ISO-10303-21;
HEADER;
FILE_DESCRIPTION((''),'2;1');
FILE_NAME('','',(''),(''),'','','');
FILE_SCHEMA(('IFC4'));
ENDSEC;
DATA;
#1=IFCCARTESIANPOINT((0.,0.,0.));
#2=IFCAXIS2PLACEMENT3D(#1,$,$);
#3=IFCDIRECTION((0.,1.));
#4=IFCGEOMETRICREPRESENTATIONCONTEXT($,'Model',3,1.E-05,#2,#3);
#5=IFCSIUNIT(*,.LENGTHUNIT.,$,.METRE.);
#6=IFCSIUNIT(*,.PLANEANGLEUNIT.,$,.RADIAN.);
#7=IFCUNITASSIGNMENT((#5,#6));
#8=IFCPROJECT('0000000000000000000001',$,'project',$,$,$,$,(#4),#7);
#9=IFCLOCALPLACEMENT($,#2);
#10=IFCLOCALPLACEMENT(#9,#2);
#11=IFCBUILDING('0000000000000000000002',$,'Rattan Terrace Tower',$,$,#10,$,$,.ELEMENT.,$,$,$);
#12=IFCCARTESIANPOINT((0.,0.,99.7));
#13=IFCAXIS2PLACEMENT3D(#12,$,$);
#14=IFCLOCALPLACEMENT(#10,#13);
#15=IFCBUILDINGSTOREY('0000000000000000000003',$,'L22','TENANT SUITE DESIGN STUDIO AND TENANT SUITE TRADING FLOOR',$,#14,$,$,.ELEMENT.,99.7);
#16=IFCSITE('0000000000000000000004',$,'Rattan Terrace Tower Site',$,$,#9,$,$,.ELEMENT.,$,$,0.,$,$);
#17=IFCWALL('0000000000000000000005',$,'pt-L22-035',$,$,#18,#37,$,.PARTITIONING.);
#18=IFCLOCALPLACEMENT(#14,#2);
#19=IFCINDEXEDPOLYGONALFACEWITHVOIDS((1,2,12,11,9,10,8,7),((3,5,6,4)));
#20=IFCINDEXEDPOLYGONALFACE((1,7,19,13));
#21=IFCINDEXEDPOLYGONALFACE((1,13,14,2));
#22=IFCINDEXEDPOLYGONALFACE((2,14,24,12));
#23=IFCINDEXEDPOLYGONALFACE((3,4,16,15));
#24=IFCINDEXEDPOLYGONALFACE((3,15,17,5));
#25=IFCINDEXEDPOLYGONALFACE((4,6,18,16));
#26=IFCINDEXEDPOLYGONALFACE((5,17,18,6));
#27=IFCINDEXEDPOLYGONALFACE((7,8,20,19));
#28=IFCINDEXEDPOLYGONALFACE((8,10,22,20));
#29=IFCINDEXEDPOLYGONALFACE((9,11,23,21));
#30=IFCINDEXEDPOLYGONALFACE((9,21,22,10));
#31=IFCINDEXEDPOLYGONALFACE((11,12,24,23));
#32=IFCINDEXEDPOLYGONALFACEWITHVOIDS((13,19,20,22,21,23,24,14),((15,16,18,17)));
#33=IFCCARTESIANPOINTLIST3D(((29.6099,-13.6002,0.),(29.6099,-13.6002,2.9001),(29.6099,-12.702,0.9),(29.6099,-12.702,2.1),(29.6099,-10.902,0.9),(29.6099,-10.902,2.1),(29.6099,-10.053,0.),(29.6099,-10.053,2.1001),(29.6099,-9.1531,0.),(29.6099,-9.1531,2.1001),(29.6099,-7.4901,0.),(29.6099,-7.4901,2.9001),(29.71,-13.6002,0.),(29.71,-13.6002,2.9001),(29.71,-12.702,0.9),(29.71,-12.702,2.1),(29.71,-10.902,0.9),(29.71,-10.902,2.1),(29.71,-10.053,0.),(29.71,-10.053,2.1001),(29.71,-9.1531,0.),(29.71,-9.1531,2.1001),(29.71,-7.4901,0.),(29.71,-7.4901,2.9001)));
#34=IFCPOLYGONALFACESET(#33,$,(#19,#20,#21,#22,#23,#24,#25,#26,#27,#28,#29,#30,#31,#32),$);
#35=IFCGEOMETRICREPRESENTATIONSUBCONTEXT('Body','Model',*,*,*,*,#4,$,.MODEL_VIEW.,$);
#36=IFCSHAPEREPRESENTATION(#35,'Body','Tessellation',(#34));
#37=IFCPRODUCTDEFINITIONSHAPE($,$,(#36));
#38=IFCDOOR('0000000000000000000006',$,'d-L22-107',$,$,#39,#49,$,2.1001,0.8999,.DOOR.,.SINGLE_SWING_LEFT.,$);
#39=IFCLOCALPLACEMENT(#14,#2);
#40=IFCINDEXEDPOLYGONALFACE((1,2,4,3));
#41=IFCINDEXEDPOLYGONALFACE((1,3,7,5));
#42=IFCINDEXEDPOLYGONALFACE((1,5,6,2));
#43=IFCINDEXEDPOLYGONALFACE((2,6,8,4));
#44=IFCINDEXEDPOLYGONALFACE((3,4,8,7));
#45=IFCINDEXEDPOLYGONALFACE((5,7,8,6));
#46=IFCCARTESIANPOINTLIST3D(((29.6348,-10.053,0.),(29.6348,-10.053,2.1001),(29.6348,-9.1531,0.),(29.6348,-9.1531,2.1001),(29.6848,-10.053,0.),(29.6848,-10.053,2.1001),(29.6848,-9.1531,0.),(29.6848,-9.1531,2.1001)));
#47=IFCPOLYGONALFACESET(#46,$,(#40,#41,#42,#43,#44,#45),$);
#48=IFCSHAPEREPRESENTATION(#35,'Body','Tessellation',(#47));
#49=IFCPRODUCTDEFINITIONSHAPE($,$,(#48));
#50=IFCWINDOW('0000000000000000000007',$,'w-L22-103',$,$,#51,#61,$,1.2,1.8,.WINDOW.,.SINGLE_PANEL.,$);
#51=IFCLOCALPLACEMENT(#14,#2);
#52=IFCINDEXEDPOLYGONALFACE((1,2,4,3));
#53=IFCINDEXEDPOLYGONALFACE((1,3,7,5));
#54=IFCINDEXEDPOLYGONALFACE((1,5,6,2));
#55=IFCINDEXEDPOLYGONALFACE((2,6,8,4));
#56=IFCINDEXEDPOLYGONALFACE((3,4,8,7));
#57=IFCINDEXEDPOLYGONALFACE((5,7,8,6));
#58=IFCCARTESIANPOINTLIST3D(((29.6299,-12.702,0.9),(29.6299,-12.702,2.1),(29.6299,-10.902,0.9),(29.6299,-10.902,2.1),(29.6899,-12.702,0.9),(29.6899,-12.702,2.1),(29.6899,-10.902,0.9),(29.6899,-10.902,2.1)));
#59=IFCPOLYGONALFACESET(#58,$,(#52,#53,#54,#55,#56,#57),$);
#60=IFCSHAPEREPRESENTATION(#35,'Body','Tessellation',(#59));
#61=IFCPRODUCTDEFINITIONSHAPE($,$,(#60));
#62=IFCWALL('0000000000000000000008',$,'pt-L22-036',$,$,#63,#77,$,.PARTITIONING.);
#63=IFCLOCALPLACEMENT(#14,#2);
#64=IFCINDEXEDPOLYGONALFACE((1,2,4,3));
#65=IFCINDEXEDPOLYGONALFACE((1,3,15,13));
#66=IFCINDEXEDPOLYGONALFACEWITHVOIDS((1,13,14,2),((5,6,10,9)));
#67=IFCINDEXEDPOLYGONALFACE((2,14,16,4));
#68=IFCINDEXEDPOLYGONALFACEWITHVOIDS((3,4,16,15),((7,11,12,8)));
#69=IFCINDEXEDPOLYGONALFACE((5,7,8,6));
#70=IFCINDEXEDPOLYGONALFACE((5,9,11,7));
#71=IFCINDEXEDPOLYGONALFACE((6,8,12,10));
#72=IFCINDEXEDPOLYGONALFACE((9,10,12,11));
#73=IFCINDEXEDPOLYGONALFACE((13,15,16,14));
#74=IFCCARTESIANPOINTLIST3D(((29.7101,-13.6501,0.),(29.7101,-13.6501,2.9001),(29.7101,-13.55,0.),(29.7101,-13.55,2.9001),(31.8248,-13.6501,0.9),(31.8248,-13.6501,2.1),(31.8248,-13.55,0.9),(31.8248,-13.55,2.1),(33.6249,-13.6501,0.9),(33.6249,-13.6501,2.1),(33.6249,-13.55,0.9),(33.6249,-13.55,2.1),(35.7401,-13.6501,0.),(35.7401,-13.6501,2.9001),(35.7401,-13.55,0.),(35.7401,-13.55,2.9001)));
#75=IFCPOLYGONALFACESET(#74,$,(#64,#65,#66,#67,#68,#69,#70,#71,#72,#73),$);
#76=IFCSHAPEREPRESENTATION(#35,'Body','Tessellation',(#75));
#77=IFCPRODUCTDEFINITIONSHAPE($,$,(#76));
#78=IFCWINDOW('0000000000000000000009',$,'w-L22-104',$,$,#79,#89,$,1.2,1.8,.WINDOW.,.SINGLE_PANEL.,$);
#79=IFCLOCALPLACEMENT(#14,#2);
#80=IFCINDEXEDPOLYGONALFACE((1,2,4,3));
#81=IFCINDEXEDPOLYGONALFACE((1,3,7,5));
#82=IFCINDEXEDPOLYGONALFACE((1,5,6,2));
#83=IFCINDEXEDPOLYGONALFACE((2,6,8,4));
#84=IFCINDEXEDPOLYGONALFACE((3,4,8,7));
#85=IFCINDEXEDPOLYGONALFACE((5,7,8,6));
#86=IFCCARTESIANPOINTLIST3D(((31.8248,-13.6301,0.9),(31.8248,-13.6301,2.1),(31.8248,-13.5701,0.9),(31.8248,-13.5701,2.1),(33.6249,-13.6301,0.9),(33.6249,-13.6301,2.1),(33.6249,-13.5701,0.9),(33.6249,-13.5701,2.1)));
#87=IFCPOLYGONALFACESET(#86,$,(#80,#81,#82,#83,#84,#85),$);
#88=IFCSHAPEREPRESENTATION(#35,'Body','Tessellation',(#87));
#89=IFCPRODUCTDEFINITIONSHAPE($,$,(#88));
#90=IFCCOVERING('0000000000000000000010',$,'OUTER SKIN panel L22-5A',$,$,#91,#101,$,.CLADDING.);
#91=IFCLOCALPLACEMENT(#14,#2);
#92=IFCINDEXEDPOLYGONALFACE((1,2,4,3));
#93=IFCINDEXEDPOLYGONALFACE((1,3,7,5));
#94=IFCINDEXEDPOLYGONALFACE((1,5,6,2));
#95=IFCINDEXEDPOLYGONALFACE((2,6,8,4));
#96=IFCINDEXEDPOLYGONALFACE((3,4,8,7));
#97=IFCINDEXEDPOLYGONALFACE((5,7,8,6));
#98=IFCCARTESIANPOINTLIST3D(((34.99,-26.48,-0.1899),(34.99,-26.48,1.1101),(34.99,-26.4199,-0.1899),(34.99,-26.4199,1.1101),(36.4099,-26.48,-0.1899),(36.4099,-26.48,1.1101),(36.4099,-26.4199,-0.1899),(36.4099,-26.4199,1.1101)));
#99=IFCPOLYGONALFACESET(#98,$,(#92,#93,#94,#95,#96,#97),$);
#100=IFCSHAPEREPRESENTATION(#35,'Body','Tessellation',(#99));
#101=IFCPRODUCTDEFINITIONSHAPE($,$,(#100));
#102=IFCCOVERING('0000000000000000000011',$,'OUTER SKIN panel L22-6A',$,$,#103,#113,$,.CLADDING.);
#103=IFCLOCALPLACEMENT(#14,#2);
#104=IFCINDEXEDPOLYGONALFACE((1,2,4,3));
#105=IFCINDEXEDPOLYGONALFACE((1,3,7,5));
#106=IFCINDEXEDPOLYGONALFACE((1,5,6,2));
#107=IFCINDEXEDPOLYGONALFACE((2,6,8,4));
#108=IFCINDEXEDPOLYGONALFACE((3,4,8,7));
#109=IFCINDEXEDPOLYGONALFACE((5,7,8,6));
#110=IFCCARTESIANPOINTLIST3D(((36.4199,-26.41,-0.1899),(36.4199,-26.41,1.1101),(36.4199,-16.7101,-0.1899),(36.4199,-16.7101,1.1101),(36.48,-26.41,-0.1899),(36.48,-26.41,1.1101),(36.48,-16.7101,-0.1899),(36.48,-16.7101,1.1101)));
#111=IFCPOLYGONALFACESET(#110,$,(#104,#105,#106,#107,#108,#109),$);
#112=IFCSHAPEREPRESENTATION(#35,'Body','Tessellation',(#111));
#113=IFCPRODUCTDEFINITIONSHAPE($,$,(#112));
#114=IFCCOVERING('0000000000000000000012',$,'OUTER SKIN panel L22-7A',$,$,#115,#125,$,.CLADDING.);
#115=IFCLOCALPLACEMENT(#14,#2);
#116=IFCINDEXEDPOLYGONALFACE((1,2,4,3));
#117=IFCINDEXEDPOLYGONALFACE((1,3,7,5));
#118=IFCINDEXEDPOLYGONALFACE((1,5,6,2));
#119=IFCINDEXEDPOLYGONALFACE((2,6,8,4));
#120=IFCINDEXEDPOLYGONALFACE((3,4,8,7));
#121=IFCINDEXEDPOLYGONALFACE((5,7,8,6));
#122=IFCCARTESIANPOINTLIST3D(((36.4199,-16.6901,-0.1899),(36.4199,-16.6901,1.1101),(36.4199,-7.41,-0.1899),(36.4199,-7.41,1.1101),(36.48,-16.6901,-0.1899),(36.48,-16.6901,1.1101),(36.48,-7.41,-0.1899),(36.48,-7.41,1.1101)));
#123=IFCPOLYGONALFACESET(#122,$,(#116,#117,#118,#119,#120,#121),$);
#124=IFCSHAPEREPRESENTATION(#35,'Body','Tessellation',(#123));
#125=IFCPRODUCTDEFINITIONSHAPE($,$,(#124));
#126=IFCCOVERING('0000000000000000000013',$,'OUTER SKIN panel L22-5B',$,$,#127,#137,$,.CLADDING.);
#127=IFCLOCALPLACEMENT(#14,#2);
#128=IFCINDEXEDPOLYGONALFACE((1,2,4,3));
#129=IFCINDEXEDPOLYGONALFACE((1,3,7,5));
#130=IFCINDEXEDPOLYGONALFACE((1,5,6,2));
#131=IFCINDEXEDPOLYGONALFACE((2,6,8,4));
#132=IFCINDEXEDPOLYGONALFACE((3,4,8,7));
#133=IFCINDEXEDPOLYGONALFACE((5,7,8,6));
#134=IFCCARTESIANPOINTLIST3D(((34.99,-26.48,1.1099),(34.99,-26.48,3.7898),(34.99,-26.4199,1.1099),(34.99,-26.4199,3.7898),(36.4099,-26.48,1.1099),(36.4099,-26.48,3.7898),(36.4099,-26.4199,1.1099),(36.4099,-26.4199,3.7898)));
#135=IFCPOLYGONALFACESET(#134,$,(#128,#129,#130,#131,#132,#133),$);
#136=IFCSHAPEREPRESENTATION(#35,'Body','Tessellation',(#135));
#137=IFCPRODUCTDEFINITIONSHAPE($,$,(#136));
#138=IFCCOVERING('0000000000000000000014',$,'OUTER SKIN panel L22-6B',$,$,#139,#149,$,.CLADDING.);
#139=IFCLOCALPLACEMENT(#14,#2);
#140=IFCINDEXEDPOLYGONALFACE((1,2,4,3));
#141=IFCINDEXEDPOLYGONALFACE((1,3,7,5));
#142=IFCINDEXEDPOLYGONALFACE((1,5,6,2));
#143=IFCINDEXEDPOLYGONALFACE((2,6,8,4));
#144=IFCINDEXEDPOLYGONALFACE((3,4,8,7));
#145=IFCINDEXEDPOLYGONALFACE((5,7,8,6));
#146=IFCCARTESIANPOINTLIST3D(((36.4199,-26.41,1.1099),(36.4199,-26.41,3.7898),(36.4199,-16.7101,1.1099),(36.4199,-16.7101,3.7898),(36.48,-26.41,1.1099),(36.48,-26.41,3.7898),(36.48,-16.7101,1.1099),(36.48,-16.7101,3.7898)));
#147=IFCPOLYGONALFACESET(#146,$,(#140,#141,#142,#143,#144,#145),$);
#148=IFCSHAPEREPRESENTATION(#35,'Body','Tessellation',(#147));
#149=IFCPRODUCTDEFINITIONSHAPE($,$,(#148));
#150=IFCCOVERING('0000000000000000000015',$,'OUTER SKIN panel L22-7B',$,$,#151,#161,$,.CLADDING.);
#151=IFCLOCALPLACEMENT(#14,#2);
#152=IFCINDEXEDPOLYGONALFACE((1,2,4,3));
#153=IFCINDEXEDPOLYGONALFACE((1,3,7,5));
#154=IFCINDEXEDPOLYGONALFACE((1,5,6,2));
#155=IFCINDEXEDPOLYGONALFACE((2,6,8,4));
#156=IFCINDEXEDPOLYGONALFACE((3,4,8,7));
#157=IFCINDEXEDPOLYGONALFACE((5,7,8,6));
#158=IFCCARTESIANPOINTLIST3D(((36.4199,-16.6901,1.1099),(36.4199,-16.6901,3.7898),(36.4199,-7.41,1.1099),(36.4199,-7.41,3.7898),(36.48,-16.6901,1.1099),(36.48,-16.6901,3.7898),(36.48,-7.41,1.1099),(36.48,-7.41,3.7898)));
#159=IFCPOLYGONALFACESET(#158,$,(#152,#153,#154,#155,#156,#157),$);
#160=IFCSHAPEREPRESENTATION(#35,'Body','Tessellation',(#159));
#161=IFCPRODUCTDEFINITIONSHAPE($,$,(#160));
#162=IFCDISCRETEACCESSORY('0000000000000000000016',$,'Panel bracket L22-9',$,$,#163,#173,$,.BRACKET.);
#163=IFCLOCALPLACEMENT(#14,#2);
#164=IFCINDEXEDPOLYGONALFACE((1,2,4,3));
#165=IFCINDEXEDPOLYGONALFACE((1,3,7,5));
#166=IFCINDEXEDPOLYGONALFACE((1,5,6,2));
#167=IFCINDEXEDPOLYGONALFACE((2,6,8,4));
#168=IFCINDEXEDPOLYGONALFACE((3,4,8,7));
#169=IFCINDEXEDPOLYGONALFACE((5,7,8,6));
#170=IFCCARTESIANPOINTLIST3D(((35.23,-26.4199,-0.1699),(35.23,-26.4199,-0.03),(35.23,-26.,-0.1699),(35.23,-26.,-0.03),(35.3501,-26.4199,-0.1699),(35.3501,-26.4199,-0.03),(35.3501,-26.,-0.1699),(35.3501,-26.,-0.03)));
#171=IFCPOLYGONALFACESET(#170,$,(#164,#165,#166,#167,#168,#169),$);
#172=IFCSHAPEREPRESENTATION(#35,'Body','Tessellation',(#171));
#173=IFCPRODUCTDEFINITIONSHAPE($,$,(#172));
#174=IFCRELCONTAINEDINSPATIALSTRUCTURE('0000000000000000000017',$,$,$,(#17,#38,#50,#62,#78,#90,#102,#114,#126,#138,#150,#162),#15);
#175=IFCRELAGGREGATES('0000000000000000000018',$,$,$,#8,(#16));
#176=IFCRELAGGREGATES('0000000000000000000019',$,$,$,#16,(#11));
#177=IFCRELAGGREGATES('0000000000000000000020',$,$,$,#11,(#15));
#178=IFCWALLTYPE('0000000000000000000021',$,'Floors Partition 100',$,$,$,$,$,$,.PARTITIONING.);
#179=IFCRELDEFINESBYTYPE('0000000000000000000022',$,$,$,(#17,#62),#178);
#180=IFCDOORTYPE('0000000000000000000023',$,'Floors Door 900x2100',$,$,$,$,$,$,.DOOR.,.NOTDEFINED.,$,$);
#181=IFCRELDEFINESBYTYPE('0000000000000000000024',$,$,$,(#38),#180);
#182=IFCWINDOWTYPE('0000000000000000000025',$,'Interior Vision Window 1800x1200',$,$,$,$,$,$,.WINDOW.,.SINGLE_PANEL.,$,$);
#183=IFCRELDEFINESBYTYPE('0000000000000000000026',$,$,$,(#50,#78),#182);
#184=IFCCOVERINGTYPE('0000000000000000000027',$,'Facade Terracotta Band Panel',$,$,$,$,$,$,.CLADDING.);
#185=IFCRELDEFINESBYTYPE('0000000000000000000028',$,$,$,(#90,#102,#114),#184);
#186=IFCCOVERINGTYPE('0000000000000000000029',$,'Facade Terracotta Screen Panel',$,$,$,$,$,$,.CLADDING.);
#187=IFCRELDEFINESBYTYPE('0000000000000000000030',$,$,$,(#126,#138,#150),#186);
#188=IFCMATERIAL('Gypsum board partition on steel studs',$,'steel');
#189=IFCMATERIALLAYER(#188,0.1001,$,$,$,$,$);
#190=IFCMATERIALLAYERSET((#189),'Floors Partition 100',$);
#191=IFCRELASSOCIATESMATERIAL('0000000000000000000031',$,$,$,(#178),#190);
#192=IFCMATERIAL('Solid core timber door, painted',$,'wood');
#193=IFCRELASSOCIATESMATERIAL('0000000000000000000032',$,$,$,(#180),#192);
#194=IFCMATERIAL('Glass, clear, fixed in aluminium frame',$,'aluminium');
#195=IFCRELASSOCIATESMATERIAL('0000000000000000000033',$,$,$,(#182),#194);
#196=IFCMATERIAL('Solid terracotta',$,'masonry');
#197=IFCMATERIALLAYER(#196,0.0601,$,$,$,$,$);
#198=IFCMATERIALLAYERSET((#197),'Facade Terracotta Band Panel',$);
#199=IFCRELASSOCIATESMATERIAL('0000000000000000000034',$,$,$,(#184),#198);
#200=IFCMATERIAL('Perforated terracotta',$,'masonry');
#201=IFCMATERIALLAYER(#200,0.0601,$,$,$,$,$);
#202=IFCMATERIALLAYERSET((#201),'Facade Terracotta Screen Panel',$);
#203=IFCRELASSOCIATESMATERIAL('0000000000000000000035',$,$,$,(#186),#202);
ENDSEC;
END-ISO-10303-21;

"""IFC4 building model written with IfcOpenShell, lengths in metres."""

from ifc_helpers import new_model, si_unit, direction, frame, frame_2d, origin, origin_2d, place, context, subcontext, project, spatial, rectangle, extrude, material, layer, layer_set, type_object, element, fill, save


model = new_model("IFC4")

# Units and contexts
model_context = context("Model", 3, precision=1e-05, world=origin(), true_north=direction((0.0, 1.0)))
body_context = subcontext(model_context, "Body", "Model", "MODEL_VIEW")
ifc_project = project(units=[si_unit("LENGTHUNIT", "METRE"), si_unit("PLANEANGLEUNIT", "RADIAN")], contexts=[model_context])

# Site, building, storey
site_placement = place(None, origin())
site = spatial("IfcSite", under=ifc_project, at=site_placement, Name="Rattan Terrace Tower Site", CompositionType="ELEMENT", RefElevation=0.0)
building_placement = place(site_placement, origin())
building = spatial("IfcBuilding", under=site, at=building_placement, Name="Rattan Terrace Tower", CompositionType="ELEMENT")
storey_placement = place(building_placement, frame((0.0, 0.0, 99.7)))
storey = spatial("IfcBuildingStorey", under=building, at=storey_placement, Name="L22", Description="TENANT SUITE DESIGN STUDIO AND TENANT SUITE TRADING FLOOR", CompositionType="ELEMENT", Elevation=99.7)

# Wall, openings, door, window
ifc_material_1 = material(Name="Gypsum board partition on steel studs", Category="steel")
ifc_layer_1 = layer(ifc_material_1, 0.1001)
ifc_layer_set_1 = layer_set([ifc_layer_1], Name="Floors Partition 100")
wall_type_1 = type_object("IfcWallType", Name="Floors Partition 100", PredefinedType="PARTITIONING", material=ifc_layer_set_1)
wall_1_placement = place(storey_placement, frame((29.6599, -7.49, 0.0), z_axis=(0.0, 0.0, 1.0), x_axis=(0.0, -1.0, 0.0)))
wall_1 = element("IfcWall", 1, at=wall_1_placement, inside=storey, type_object=wall_type_1, Name="pt-L22-035", PredefinedType="PARTITIONING", context=body_context, shape_type="SweptSolid", body=[
    extrude(rectangle(XDim=6.1101, YDim=0.1001, at=frame_2d((3.0552, 0.0))), origin(), (0.0, 0.0, 1.0), 2.9001),
])
opening_1_placement = place(wall_1_placement, frame((1.6631, 0.0, 0.0)))
opening_1 = element("IfcOpeningElement", 2, at=opening_1_placement, cuts=wall_1, PredefinedType="OPENING", context=body_context, shape_type="SweptSolid", body=[
    extrude(rectangle(XDim=0.8999, YDim=2.1001, at=frame_2d((0.45, 1.05))), frame((0.0, 0.0605, 0.0), z_axis=(0.0, -1.0, 0.0), x_axis=(1.0, 0.0, 0.0)), (0.0, 0.0, 1.0), 0.1211),
])
opening_2_placement = place(wall_1_placement, frame((3.4121, 0.0, 0.8999)))
opening_2 = element("IfcOpeningElement", 3, at=opening_2_placement, cuts=wall_1, PredefinedType="OPENING", context=body_context, shape_type="SweptSolid", body=[
    extrude(rectangle(XDim=1.8, YDim=1.2, at=frame_2d((0.8999, 0.6001))), frame((0.0, 0.0605, 0.0), z_axis=(0.0, -1.0, 0.0), x_axis=(1.0, 0.0, 0.0)), (0.0, 0.0, 1.0), 0.1211),
])
ifc_material_2 = material(Name="Solid core timber door, painted", Category="wood")
door_type = type_object("IfcDoorType", Name="Floors Door 900x2100", OperationType="NOTDEFINED", PredefinedType="DOOR", material=ifc_material_2)
door_placement = place(opening_1_placement, origin())
door = element("IfcDoor", 4, at=door_placement, inside=storey, type_object=door_type, Name="d-L22-107", OperationType="SINGLE_SWING_LEFT", OverallHeight=2.1001, OverallWidth=0.8999, PredefinedType="DOOR", context=body_context, shape_type="SweptSolid", body=[
    extrude(rectangle(XDim=0.8999, YDim=2.1001, at=frame_2d((0.45, 1.05))), frame((0.0, 0.0249, 0.0), z_axis=(0.0, -1.0, 0.0), x_axis=(1.0, 0.0, 0.0)), (0.0, 0.0, 1.0), 0.05),
])
fill(opening_1, door)
ifc_material_3 = material(Name="Glass, clear, fixed in aluminium frame", Category="aluminium")
window_type = type_object("IfcWindowType", Name="Interior Vision Window 1800x1200", PartitioningType="SINGLE_PANEL", PredefinedType="WINDOW", material=ifc_material_3)
window_1_placement = place(opening_2_placement, origin())
window_1 = element("IfcWindow", 5, at=window_1_placement, inside=storey, type_object=window_type, Name="w-L22-103", OverallHeight=1.2, OverallWidth=1.8, PartitioningType="SINGLE_PANEL", PredefinedType="WINDOW", context=body_context, shape_type="SweptSolid", body=[
    extrude(rectangle(XDim=1.8, YDim=1.2, at=frame_2d((0.8999, 0.6001))), frame((0.0, 0.03, 0.0), z_axis=(0.0, -1.0, 0.0), x_axis=(1.0, 0.0, 0.0)), (0.0, 0.0, 1.0), 0.0601),
])
fill(opening_2, window_1)

# Wall, opening, window
wall_2_placement = place(storey_placement, frame((29.71, -13.6001, 0.0), z_axis=(0.0, 0.0, 1.0), x_axis=(1.0, 0.0, 0.0)))
wall_2 = element("IfcWall", 6, at=wall_2_placement, inside=storey, type_object=wall_type_1, Name="pt-L22-036", PredefinedType="PARTITIONING", context=body_context, shape_type="SweptSolid", body=[
    extrude(rectangle(XDim=6.03, YDim=0.1001, at=frame_2d((3.0151, 0.0))), origin(), (0.0, 0.0, 1.0), 2.9001),
])
opening_3_placement = place(wall_2_placement, frame((2.115, 0.0, 0.8999)))
opening_3 = element("IfcOpeningElement", 7, at=opening_3_placement, cuts=wall_2, PredefinedType="OPENING", context=body_context, shape_type="SweptSolid", body=[
    extrude(rectangle(XDim=1.8, YDim=1.2, at=frame_2d((0.8999, 0.6001))), frame((0.0, 0.0605, 0.0), z_axis=(0.0, -1.0, 0.0), x_axis=(1.0, 0.0, 0.0)), (0.0, 0.0, 1.0), 0.1211),
])
window_2_placement = place(opening_3_placement, origin())
window_2 = element("IfcWindow", 8, at=window_2_placement, inside=storey, type_object=window_type, Name="w-L22-104", OverallHeight=1.2, OverallWidth=1.8, PartitioningType="SINGLE_PANEL", PredefinedType="WINDOW", context=body_context, shape_type="SweptSolid", body=[
    extrude(rectangle(XDim=1.8, YDim=1.2, at=frame_2d((0.8999, 0.6001))), frame((0.0, 0.03, 0.0), z_axis=(0.0, -1.0, 0.0), x_axis=(1.0, 0.0, 0.0)), (0.0, 0.0, 1.0), 0.0601),
])
fill(opening_3, window_2)

# Coverings
ifc_material_4 = material(Name="Solid terracotta", Category="masonry")
ifc_layer_2 = layer(ifc_material_4, 0.0601)
ifc_layer_set_2 = layer_set([ifc_layer_2], Name="Facade Terracotta Band Panel")
covering_type_1 = type_object("IfcCoveringType", Name="Facade Terracotta Band Panel", PredefinedType="CLADDING", material=ifc_layer_set_2)
covering_1_placement = place(storey_placement, frame((35.7, -26.45, -0.1899), z_axis=(0.0, 0.0, 1.0), x_axis=(1.0, 0.0, 0.0)))
element("IfcCovering", 9, at=covering_1_placement, inside=storey, type_object=covering_type_1, Name="OUTER SKIN panel L22-5A", PredefinedType="CLADDING", context=body_context, shape_type="SweptSolid", body=[
    extrude(rectangle(XDim=1.4199, YDim=0.0601, at=origin_2d()), origin(), (0.0, 0.0, 1.0), 1.3),
])
covering_2_placement = place(storey_placement, frame((36.45, -21.5601, -0.1899), z_axis=(0.0, 0.0, 1.0), x_axis=(0.0, 1.0, 0.0)))
element("IfcCovering", 10, at=covering_2_placement, inside=storey, type_object=covering_type_1, Name="OUTER SKIN panel L22-6A", PredefinedType="CLADDING", context=body_context, shape_type="SweptSolid", body=[
    extrude(rectangle(XDim=9.7, YDim=0.0601, at=origin_2d()), origin(), (0.0, 0.0, 1.0), 1.3),
])
covering_3_placement = place(storey_placement, frame((36.45, -12.05, -0.1899), z_axis=(0.0, 0.0, 1.0), x_axis=(0.0, 1.0, 0.0)))
element("IfcCovering", 11, at=covering_3_placement, inside=storey, type_object=covering_type_1, Name="OUTER SKIN panel L22-7A", PredefinedType="CLADDING", context=body_context, shape_type="SweptSolid", body=[
    extrude(rectangle(XDim=9.28, YDim=0.0601, at=origin_2d()), origin(), (0.0, 0.0, 1.0), 1.3),
])
ifc_material_5 = material(Name="Perforated terracotta", Category="masonry")
ifc_layer_3 = layer(ifc_material_5, 0.0601)
ifc_layer_set_3 = layer_set([ifc_layer_3], Name="Facade Terracotta Screen Panel")
covering_type_2 = type_object("IfcCoveringType", Name="Facade Terracotta Screen Panel", PredefinedType="CLADDING", material=ifc_layer_set_3)
covering_4_placement = place(storey_placement, frame((35.7, -26.45, 1.1099), z_axis=(0.0, 0.0, 1.0), x_axis=(1.0, 0.0, 0.0)))
element("IfcCovering", 12, at=covering_4_placement, inside=storey, type_object=covering_type_2, Name="OUTER SKIN panel L22-5B", PredefinedType="CLADDING", context=body_context, shape_type="SweptSolid", body=[
    extrude(rectangle(XDim=1.4199, YDim=0.0601, at=origin_2d()), origin(), (0.0, 0.0, 1.0), 2.6799),
])
covering_5_placement = place(storey_placement, frame((36.45, -21.5601, 1.1099), z_axis=(0.0, 0.0, 1.0), x_axis=(0.0, 1.0, 0.0)))
element("IfcCovering", 13, at=covering_5_placement, inside=storey, type_object=covering_type_2, Name="OUTER SKIN panel L22-6B", PredefinedType="CLADDING", context=body_context, shape_type="SweptSolid", body=[
    extrude(rectangle(XDim=9.7, YDim=0.0601, at=origin_2d()), origin(), (0.0, 0.0, 1.0), 2.6799),
])
covering_6_placement = place(storey_placement, frame((36.45, -12.05, 1.1099), z_axis=(0.0, 0.0, 1.0), x_axis=(0.0, 1.0, 0.0)))
element("IfcCovering", 14, at=covering_6_placement, inside=storey, type_object=covering_type_2, Name="OUTER SKIN panel L22-7B", PredefinedType="CLADDING", context=body_context, shape_type="SweptSolid", body=[
    extrude(rectangle(XDim=9.28, YDim=0.0601, at=origin_2d()), origin(), (0.0, 0.0, 1.0), 2.6799),
])

# Discrete accessory
for number, where, z_axis, x_axis, name in (
    (15, (35.29, -26.21, -0.1699), (0.0, 0.0, 1.0), (1.0, 0.0, 0.0), "Panel bracket L22-9"),
):
    element("IfcDiscreteAccessory", number, at=place(storey_placement, frame(where, z_axis=z_axis, x_axis=x_axis)), inside=storey, Name=name, PredefinedType="BRACKET", context=body_context, shape_type="SweptSolid", body=[
        extrude(rectangle(XDim=0.1201, YDim=0.4199, at=origin_2d()), origin(), (0.0, 0.0, 1.0), 0.1399),
    ])

save(model, "model.ifc")
